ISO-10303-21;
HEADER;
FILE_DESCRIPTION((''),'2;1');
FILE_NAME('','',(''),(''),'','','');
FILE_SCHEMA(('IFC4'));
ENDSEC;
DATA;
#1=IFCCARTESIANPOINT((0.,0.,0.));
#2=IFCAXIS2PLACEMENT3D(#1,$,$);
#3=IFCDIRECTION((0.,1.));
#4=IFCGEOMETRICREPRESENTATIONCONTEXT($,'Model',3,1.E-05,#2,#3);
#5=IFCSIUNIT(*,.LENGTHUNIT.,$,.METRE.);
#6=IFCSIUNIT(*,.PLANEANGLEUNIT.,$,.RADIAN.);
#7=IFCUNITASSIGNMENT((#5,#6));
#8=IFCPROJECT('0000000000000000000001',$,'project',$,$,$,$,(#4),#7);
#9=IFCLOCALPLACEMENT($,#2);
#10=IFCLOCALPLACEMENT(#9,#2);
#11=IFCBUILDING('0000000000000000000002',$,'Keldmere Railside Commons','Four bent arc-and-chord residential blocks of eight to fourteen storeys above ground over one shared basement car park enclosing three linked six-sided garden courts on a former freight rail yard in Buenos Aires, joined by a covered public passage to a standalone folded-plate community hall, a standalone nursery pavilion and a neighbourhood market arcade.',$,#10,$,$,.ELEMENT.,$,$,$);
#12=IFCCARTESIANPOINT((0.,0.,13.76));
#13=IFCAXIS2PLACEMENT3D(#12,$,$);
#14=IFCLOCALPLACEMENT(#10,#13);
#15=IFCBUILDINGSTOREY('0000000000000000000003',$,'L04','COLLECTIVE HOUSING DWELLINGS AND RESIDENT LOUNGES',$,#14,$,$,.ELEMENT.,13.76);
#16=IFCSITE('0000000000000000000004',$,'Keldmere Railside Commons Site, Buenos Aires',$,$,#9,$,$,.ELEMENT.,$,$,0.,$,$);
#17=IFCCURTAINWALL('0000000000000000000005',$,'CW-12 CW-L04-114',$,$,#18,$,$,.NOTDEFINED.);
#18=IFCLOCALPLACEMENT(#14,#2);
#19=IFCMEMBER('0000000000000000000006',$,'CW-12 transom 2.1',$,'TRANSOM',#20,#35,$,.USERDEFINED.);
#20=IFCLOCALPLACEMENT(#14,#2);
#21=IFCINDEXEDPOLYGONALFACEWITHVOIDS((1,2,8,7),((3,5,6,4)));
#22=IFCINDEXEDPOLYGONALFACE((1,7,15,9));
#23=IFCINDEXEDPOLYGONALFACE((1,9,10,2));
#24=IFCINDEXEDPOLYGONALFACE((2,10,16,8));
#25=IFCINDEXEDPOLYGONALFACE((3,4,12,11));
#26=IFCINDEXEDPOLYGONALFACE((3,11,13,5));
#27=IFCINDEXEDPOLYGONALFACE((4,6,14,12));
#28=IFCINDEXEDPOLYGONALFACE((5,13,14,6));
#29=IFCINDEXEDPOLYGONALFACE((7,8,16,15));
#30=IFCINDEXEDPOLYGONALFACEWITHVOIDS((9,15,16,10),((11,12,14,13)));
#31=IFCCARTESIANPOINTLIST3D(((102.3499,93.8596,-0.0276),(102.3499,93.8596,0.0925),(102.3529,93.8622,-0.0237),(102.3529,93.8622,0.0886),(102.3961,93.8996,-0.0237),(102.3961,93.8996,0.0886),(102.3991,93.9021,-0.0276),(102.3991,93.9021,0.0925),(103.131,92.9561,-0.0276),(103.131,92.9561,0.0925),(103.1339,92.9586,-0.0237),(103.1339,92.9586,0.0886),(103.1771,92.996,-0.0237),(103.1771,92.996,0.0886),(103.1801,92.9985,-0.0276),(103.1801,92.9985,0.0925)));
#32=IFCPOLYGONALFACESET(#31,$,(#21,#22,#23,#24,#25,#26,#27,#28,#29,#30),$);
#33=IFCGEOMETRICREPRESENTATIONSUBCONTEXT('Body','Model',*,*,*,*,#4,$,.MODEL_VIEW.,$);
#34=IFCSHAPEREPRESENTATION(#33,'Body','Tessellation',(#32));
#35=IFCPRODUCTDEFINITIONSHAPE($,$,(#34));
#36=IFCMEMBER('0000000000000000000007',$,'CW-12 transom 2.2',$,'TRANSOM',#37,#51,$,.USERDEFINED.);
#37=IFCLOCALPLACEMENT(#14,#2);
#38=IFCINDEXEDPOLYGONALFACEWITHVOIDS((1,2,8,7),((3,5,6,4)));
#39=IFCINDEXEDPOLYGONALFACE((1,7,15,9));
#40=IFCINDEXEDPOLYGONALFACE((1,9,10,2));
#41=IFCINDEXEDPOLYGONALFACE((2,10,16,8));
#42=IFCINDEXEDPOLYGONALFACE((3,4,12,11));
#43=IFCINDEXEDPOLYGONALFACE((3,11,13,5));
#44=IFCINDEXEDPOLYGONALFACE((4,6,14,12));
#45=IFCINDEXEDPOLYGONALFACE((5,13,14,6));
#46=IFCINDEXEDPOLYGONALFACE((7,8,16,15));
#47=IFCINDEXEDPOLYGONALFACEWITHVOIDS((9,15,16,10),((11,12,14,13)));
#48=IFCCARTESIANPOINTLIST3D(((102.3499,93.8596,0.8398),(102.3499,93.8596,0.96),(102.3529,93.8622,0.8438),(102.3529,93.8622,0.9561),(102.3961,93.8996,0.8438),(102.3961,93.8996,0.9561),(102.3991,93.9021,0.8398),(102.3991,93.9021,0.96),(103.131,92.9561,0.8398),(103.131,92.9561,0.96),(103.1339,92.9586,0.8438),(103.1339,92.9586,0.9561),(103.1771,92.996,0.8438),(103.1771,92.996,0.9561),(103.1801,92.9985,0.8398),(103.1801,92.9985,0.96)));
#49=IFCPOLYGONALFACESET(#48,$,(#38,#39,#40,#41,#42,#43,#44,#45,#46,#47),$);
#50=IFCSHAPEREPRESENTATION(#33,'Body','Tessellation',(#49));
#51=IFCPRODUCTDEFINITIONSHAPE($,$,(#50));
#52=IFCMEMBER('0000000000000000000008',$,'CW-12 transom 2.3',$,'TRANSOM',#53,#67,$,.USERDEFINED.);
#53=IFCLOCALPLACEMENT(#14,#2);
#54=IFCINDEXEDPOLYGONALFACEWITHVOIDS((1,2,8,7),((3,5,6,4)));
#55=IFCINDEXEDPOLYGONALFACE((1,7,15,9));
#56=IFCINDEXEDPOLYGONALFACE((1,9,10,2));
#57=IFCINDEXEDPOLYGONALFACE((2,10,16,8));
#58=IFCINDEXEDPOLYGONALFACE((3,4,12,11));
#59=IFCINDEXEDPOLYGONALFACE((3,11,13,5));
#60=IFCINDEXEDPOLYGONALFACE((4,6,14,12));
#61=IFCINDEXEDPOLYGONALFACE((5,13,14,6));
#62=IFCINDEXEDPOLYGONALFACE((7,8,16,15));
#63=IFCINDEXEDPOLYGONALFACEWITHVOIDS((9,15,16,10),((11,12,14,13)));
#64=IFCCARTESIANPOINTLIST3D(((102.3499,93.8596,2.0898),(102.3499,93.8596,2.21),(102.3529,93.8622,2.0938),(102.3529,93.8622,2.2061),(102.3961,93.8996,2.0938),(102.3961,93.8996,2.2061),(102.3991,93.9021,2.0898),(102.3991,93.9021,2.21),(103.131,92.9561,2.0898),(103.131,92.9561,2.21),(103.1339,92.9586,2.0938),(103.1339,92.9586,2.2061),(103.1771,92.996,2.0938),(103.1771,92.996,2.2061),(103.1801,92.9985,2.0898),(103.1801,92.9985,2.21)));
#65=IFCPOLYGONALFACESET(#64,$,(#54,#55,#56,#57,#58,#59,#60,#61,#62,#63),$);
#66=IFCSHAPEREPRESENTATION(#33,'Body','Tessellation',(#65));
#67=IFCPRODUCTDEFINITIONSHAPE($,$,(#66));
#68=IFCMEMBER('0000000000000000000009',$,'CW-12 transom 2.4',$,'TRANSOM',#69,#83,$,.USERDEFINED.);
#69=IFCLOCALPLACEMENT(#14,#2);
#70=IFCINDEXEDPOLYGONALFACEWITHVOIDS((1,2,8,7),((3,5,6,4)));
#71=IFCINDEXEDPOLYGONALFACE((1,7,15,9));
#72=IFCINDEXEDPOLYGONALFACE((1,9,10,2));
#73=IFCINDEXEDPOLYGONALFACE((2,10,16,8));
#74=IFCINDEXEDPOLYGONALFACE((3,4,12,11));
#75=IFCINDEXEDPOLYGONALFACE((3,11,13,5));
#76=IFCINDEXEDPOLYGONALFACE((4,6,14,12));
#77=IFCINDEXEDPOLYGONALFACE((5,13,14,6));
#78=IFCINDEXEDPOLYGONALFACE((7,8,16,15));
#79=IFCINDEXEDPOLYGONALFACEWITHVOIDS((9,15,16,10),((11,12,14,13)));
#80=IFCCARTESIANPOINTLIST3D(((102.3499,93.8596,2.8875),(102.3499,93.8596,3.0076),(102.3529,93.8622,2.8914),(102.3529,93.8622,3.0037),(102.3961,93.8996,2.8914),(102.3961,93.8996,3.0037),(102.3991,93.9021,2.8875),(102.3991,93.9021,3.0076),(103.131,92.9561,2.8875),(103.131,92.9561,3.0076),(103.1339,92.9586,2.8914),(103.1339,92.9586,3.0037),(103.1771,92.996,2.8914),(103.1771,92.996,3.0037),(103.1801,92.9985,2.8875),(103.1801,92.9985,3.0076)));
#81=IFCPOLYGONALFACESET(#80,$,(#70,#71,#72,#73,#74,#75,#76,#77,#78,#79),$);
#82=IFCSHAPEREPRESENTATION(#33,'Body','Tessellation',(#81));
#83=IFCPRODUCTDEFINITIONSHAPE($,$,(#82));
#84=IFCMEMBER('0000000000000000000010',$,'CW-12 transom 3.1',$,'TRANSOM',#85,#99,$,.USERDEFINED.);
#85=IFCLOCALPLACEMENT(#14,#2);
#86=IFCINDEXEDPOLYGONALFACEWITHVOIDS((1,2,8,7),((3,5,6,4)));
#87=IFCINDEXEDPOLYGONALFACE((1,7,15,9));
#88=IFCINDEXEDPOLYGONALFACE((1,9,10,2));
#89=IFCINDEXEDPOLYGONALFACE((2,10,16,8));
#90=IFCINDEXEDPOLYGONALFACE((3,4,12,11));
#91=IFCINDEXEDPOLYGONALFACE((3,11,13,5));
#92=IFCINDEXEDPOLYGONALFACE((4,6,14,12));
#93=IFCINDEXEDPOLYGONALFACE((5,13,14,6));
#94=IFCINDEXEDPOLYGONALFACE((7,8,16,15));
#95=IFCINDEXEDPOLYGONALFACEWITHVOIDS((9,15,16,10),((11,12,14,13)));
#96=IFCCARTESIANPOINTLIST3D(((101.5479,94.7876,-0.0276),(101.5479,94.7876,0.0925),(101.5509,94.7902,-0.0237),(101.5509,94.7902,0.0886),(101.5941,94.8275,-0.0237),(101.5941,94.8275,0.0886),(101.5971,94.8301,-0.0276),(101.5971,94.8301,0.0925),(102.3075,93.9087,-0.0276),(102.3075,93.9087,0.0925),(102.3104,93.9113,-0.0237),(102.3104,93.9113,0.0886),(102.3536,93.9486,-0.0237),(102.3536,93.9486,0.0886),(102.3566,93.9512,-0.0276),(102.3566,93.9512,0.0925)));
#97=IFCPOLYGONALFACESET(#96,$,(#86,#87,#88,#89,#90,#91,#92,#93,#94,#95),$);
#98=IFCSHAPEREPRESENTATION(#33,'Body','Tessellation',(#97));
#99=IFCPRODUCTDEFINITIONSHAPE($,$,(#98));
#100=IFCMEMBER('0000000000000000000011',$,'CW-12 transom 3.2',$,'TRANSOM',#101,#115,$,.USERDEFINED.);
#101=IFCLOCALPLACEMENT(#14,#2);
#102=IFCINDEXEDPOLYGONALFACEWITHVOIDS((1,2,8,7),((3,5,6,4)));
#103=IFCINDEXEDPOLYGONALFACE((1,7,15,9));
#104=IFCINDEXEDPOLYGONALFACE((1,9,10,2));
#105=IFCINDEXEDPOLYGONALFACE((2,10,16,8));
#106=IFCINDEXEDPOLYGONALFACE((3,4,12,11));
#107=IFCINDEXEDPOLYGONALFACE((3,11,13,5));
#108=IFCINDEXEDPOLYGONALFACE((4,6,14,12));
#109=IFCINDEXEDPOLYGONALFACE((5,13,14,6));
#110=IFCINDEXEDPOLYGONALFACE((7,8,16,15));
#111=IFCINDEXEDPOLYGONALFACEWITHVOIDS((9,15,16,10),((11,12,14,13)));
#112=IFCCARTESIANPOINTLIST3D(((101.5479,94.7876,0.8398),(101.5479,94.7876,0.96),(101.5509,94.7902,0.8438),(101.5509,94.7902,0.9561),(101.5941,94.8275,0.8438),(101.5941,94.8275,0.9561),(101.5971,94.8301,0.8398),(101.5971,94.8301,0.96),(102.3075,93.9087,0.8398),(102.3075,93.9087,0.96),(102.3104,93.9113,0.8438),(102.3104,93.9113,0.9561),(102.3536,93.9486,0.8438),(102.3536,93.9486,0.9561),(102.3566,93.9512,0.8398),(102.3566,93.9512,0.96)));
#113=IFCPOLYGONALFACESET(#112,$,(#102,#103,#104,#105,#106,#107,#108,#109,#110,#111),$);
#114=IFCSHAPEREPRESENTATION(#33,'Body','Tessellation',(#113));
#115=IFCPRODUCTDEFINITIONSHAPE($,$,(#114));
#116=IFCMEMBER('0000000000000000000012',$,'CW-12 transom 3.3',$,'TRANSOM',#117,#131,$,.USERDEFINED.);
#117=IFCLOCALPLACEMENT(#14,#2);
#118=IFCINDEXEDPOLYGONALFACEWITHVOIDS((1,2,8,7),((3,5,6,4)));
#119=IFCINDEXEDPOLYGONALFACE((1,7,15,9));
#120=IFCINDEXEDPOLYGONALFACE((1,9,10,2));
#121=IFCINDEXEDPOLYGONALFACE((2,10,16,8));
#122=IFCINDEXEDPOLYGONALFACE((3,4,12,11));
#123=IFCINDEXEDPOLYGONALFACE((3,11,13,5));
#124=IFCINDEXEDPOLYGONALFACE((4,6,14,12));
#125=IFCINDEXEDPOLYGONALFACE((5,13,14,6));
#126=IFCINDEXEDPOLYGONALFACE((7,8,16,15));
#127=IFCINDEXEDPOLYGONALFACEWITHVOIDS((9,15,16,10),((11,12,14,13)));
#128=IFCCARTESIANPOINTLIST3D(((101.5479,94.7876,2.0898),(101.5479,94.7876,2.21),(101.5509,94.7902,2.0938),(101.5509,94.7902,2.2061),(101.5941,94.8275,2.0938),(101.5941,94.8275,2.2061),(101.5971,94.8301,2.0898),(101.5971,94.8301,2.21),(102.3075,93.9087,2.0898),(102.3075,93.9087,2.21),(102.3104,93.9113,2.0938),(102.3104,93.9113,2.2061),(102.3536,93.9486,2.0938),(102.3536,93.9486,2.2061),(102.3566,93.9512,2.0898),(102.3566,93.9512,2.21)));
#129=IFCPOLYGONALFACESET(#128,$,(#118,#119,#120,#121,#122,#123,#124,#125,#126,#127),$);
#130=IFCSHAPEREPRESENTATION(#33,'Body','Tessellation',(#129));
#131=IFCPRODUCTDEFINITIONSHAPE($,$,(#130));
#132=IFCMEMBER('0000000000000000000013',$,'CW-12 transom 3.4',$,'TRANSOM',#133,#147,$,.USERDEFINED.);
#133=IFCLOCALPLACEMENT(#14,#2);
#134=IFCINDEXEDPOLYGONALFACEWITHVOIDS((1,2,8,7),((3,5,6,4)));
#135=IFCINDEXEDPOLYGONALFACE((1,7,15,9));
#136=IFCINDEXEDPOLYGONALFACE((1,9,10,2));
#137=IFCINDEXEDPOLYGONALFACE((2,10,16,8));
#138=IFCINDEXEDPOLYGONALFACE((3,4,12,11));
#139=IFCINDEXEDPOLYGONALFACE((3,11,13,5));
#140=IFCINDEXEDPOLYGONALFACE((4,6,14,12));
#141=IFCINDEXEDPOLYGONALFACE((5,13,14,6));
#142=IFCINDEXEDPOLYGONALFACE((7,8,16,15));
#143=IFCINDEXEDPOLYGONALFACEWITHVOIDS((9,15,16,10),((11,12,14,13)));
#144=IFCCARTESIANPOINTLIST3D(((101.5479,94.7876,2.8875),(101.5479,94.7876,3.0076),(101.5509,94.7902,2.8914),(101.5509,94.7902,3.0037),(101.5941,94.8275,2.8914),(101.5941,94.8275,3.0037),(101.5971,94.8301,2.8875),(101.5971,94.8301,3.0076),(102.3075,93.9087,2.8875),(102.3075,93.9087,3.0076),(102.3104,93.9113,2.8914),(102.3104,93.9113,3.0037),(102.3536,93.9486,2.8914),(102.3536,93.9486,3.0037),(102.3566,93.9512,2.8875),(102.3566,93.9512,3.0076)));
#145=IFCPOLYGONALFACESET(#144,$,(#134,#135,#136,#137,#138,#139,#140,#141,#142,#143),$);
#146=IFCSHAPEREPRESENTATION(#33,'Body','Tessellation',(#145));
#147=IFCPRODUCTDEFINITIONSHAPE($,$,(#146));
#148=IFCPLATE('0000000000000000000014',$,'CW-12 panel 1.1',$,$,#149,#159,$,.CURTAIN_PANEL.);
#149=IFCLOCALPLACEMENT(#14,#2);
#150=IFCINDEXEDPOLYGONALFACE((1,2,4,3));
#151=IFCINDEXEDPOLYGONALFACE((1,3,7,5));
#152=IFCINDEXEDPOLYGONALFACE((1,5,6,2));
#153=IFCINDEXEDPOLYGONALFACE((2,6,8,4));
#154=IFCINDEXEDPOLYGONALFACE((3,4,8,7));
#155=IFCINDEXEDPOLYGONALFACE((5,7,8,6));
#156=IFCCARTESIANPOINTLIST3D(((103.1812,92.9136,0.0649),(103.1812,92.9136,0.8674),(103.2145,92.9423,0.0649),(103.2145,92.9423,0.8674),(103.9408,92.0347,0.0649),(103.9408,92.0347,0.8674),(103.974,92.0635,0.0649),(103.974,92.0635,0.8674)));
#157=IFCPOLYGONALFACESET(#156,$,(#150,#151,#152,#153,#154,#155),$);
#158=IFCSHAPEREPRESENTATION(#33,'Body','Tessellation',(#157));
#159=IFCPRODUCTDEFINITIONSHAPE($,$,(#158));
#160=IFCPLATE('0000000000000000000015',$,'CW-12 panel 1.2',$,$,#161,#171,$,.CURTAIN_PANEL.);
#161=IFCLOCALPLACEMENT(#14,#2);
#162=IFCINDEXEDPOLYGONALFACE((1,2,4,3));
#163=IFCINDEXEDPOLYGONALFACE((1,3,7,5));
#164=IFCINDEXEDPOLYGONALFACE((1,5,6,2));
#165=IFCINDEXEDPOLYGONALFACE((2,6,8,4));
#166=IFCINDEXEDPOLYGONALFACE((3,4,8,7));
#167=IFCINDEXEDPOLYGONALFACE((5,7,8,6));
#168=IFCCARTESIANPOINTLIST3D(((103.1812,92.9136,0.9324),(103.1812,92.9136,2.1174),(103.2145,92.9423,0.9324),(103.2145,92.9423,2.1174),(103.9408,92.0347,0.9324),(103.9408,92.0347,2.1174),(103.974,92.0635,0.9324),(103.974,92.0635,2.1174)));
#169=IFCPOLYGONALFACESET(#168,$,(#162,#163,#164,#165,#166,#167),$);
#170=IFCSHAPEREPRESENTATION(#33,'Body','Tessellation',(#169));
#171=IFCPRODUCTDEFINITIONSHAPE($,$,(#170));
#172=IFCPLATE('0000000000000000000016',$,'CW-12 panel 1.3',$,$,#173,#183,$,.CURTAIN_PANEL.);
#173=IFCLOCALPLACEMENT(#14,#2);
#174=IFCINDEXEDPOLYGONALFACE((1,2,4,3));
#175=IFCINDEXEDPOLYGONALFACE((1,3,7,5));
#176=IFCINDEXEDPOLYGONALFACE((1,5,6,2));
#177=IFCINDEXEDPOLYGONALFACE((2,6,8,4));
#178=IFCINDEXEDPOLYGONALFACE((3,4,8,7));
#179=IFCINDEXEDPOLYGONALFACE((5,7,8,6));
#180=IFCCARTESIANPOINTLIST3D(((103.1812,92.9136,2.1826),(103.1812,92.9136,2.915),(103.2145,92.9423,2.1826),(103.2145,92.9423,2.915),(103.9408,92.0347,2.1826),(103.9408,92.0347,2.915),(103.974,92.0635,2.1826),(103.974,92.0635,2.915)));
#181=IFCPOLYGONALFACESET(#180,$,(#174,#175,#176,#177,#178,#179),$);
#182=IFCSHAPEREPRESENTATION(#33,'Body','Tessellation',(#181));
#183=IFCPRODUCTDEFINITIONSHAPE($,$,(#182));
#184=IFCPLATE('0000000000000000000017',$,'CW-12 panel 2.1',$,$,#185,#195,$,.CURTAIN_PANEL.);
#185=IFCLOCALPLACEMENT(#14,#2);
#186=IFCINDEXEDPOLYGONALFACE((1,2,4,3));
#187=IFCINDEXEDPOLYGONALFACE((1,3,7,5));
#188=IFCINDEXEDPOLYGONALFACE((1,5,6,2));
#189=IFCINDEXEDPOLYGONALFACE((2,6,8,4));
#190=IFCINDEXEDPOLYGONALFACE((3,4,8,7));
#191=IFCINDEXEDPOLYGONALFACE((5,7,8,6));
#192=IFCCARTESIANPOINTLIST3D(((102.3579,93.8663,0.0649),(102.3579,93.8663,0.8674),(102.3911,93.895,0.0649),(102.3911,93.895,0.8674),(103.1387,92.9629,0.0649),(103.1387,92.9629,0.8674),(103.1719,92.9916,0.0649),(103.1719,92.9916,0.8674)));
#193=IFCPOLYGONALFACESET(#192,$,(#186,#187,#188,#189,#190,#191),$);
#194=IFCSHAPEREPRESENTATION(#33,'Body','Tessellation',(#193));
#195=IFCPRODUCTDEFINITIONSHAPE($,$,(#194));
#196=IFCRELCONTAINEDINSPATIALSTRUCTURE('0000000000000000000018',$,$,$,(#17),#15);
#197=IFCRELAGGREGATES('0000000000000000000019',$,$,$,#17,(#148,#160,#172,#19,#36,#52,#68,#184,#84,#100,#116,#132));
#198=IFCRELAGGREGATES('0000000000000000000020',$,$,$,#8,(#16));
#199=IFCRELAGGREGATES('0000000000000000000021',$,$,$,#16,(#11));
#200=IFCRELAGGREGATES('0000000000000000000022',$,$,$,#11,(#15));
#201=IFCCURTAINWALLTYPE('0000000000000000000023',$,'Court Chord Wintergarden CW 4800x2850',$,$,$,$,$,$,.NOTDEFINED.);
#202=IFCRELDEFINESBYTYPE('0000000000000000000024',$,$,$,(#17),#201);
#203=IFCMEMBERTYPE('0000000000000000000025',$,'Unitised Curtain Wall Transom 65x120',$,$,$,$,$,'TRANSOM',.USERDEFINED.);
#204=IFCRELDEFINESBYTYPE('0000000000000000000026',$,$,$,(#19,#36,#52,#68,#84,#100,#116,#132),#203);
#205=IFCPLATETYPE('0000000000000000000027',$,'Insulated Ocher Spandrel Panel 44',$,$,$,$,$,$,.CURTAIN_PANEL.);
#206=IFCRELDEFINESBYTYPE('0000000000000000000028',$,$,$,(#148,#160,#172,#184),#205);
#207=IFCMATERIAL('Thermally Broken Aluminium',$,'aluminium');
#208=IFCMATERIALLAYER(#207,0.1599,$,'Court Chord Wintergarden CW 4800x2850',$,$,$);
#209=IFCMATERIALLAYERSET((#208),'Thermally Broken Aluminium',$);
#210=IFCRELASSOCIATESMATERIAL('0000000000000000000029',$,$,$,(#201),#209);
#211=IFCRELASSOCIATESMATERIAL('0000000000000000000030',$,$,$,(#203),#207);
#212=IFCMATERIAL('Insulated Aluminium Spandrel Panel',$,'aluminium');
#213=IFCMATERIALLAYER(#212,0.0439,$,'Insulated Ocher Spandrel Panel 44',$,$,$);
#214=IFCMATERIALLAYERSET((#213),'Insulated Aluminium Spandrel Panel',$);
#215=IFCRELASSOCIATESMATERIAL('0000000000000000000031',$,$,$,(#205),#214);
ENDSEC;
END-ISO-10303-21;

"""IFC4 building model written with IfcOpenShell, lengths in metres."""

from ifc_helpers import new_model, si_unit, direction, frame, origin, origin_2d, place, context, subcontext, project, spatial, rectangle, hollow_rectangle, extrude, material, layer, layer_set, material_profile, profile_set, type_object, element, aggregate, save


model = new_model("IFC4")

# Units and contexts
model_context = context("Model", 3, precision=1e-05, world=origin(), true_north=direction((0.0, 1.0)))
body_context = subcontext(model_context, "Body", "Model", "MODEL_VIEW")
ifc_project = project(units=[si_unit("LENGTHUNIT", "METRE"), si_unit("PLANEANGLEUNIT", "RADIAN")], contexts=[model_context])

# Site, building, storey
site_placement = place(None, origin())
site = spatial("IfcSite", under=ifc_project, at=site_placement, Name="Keldmere Railside Commons Site, Buenos Aires", CompositionType="ELEMENT", RefElevation=0.0)
building_placement = place(site_placement, origin())
building = spatial("IfcBuilding", under=site, at=building_placement, Name="Keldmere Railside Commons", Description="Four bent arc-and-chord residential blocks of eight to fourteen storeys above ground over one shared basement car park enclosing three linked six-sided garden courts on a former freight rail yard in Buenos Aires, joined by a covered public passage to a standalone folded-plate community hall, a standalone nursery pavilion and a neighbourhood market arcade.", CompositionType="ELEMENT")
storey_placement = place(building_placement, frame((0.0, 0.0, 13.76)))
storey = spatial("IfcBuildingStorey", under=building, at=storey_placement, Name="L04", Description="COLLECTIVE HOUSING DWELLINGS AND RESIDENT LOUNGES", CompositionType="ELEMENT", Elevation=13.76)

# Shared definitions
ifc_material_1 = material(Name="Thermally Broken Aluminium", Category="aluminium")

# Curtain wall
ifc_layer_1 = layer(ifc_material_1, 0.1599, Name="Court Chord Wintergarden CW 4800x2850")
ifc_layer_set_1 = layer_set([ifc_layer_1], Name="Thermally Broken Aluminium")
curtain_wall_type_1 = type_object("IfcCurtainWallType", Name="Court Chord Wintergarden CW 4800x2850", PredefinedType="NOTDEFINED", material=ifc_layer_set_1)
curtain_wall_1_placement = place(storey_placement, origin())
curtain_wall_1 = element("IfcCurtainWall", 1, at=curtain_wall_1_placement, inside=storey, type_object=curtain_wall_type_1, Name="CW-12 CW-L04-114", PredefinedType="NOTDEFINED")

# Members
ifc_material_profile_1 = material_profile(ifc_material_1, hollow_rectangle(XDim=0.0649, YDim=0.1201, WallThickness=0.0039, at=origin_2d()), Name="ALU-TRAN-65x120")
ifc_profile_set_1 = profile_set([ifc_material_profile_1], Name="Thermally Broken Aluminium")
member_type_1 = type_object("IfcMemberType", Name="Unitised Curtain Wall Transom 65x120", ElementType="TRANSOM", PredefinedType="USERDEFINED", material=ifc_profile_set_1)
member_1_placement = place(storey_placement, frame((103.1555, 92.9773, 0.0325), z_axis=(-0.653934, 0.756552, 0.0), x_axis=(-0.756552, -0.653934, 0.0)))
member_1 = element("IfcMember", 2, at=member_1_placement, type_object=member_type_1, Name="CW-12 transom 2.1", ObjectType="TRANSOM", PredefinedType="USERDEFINED", context=body_context, shape_type="SweptSolid", body=[
    extrude(hollow_rectangle(XDim=0.0649, YDim=0.1201, WallThickness=0.0039, at=origin_2d()), origin(), (0.0, 0.0, 1.0), 1.1943),
])
member_2_placement = place(storey_placement, frame((103.1555, 92.9773, 0.8999), z_axis=(-0.653934, 0.756552, 0.0), x_axis=(-0.756552, -0.653934, 0.0)))
member_2 = element("IfcMember", 3, at=member_2_placement, type_object=member_type_1, Name="CW-12 transom 2.2", ObjectType="TRANSOM", PredefinedType="USERDEFINED", context=body_context, shape_type="SweptSolid", body=[
    extrude(hollow_rectangle(XDim=0.0649, YDim=0.1201, WallThickness=0.0039, at=origin_2d()), origin(), (0.0, 0.0, 1.0), 1.1943),
])
member_3_placement = place(storey_placement, frame((103.1555, 92.9773, 2.1499), z_axis=(-0.653934, 0.756552, 0.0), x_axis=(-0.756552, -0.653934, 0.0)))
member_3 = element("IfcMember", 4, at=member_3_placement, type_object=member_type_1, Name="CW-12 transom 2.3", ObjectType="TRANSOM", PredefinedType="USERDEFINED", context=body_context, shape_type="SweptSolid", body=[
    extrude(hollow_rectangle(XDim=0.0649, YDim=0.1201, WallThickness=0.0039, at=origin_2d()), origin(), (0.0, 0.0, 1.0), 1.1943),
])
member_4_placement = place(storey_placement, frame((103.1555, 92.9773, 2.9475), z_axis=(-0.653934, 0.756552, 0.0), x_axis=(-0.756552, -0.653934, 0.0)))
member_4 = element("IfcMember", 5, at=member_4_placement, type_object=member_type_1, Name="CW-12 transom 2.4", ObjectType="TRANSOM", PredefinedType="USERDEFINED", context=body_context, shape_type="SweptSolid", body=[
    extrude(hollow_rectangle(XDim=0.0649, YDim=0.1201, WallThickness=0.0039, at=origin_2d()), origin(), (0.0, 0.0, 1.0), 1.1943),
])
member_5_placement = place(storey_placement, frame((102.332, 93.9299, 0.0325), z_axis=(-0.65385, 0.756624, 0.0), x_axis=(-0.756624, -0.65385, 0.0)))
member_5 = element("IfcMember", 6, at=member_5_placement, type_object=member_type_1, Name="CW-12 transom 3.1", ObjectType="TRANSOM", PredefinedType="USERDEFINED", context=body_context, shape_type="SweptSolid", body=[
    extrude(hollow_rectangle(XDim=0.0649, YDim=0.1201, WallThickness=0.0039, at=origin_2d()), origin(), (0.0, 0.0, 1.0), 1.1616),
])
member_6_placement = place(storey_placement, frame((102.332, 93.9299, 0.8999), z_axis=(-0.65385, 0.756624, 0.0), x_axis=(-0.756624, -0.65385, 0.0)))
member_6 = element("IfcMember", 7, at=member_6_placement, type_object=member_type_1, Name="CW-12 transom 3.2", ObjectType="TRANSOM", PredefinedType="USERDEFINED", context=body_context, shape_type="SweptSolid", body=[
    extrude(hollow_rectangle(XDim=0.0649, YDim=0.1201, WallThickness=0.0039, at=origin_2d()), origin(), (0.0, 0.0, 1.0), 1.1616),
])
member_7_placement = place(storey_placement, frame((102.332, 93.9299, 2.1499), z_axis=(-0.65385, 0.756624, 0.0), x_axis=(-0.756624, -0.65385, 0.0)))
member_7 = element("IfcMember", 8, at=member_7_placement, type_object=member_type_1, Name="CW-12 transom 3.3", ObjectType="TRANSOM", PredefinedType="USERDEFINED", context=body_context, shape_type="SweptSolid", body=[
    extrude(hollow_rectangle(XDim=0.0649, YDim=0.1201, WallThickness=0.0039, at=origin_2d()), origin(), (0.0, 0.0, 1.0), 1.1616),
])
member_8_placement = place(storey_placement, frame((102.332, 93.9299, 2.9475), z_axis=(-0.65385, 0.756624, 0.0), x_axis=(-0.756624, -0.65385, 0.0)))
member_8 = element("IfcMember", 9, at=member_8_placement, type_object=member_type_1, Name="CW-12 transom 3.4", ObjectType="TRANSOM", PredefinedType="USERDEFINED", context=body_context, shape_type="SweptSolid", body=[
    extrude(hollow_rectangle(XDim=0.0649, YDim=0.1201, WallThickness=0.0039, at=origin_2d()), origin(), (0.0, 0.0, 1.0), 1.1616),
])

# Plates
ifc_material_2 = material(Name="Insulated Aluminium Spandrel Panel", Category="aluminium")
ifc_layer_2 = layer(ifc_material_2, 0.0439, Name="Insulated Ocher Spandrel Panel 44")
ifc_layer_set_2 = layer_set([ifc_layer_2], Name="Insulated Aluminium Spandrel Panel")
plate_type = type_object("IfcPlateType", Name="Insulated Ocher Spandrel Panel 44", PredefinedType="CURTAIN_PANEL", material=ifc_layer_set_2)
plate_1_placement = place(storey_placement, frame((103.5776, 92.4885, 0.0649), z_axis=(0.0, 0.0, 1.0), x_axis=(-0.653882, 0.756597, 0.0)))
plate_1 = element("IfcPlate", 10, at=plate_1_placement, type_object=plate_type, Name="CW-12 panel 1.1", PredefinedType="CURTAIN_PANEL", context=body_context, shape_type="SweptSolid", body=[
    extrude(rectangle(XDim=1.1616, YDim=0.0439, at=origin_2d()), origin(), (0.0, 0.0, 1.0), 0.8025),
])
plate_2_placement = place(storey_placement, frame((103.5776, 92.4885, 0.9324), z_axis=(0.0, 0.0, 1.0), x_axis=(-0.653882, 0.756597, 0.0)))
plate_2 = element("IfcPlate", 11, at=plate_2_placement, type_object=plate_type, Name="CW-12 panel 1.2", PredefinedType="CURTAIN_PANEL", context=body_context, shape_type="SweptSolid", body=[
    extrude(rectangle(XDim=1.1616, YDim=0.0439, at=origin_2d()), origin(), (0.0, 0.0, 1.0), 1.1851),
])
plate_3_placement = place(storey_placement, frame((103.5776, 92.4885, 2.1826), z_axis=(0.0, 0.0, 1.0), x_axis=(-0.653882, 0.756597, 0.0)))
plate_3 = element("IfcPlate", 12, at=plate_3_placement, type_object=plate_type, Name="CW-12 panel 1.3", PredefinedType="CURTAIN_PANEL", context=body_context, shape_type="SweptSolid", body=[
    extrude(rectangle(XDim=1.1616, YDim=0.0439, at=origin_2d()), origin(), (0.0, 0.0, 1.0), 0.7324),
])
plate_4_placement = place(storey_placement, frame((102.7649, 93.429, 0.0649), z_axis=(0.0, 0.0, 1.0), x_axis=(-0.653882, 0.756597, 0.0)))
plate_4 = element("IfcPlate", 13, at=plate_4_placement, type_object=plate_type, Name="CW-12 panel 2.1", PredefinedType="CURTAIN_PANEL", context=body_context, shape_type="SweptSolid", body=[
    extrude(rectangle(XDim=1.1941, YDim=0.0439, at=origin_2d()), origin(), (0.0, 0.0, 1.0), 0.8025),
])
aggregate(curtain_wall_1, [plate_1, plate_2, plate_3, member_1, member_2, member_3, member_4, plate_4, member_5, member_6, member_7, member_8])

save(model, "model.ifc")
